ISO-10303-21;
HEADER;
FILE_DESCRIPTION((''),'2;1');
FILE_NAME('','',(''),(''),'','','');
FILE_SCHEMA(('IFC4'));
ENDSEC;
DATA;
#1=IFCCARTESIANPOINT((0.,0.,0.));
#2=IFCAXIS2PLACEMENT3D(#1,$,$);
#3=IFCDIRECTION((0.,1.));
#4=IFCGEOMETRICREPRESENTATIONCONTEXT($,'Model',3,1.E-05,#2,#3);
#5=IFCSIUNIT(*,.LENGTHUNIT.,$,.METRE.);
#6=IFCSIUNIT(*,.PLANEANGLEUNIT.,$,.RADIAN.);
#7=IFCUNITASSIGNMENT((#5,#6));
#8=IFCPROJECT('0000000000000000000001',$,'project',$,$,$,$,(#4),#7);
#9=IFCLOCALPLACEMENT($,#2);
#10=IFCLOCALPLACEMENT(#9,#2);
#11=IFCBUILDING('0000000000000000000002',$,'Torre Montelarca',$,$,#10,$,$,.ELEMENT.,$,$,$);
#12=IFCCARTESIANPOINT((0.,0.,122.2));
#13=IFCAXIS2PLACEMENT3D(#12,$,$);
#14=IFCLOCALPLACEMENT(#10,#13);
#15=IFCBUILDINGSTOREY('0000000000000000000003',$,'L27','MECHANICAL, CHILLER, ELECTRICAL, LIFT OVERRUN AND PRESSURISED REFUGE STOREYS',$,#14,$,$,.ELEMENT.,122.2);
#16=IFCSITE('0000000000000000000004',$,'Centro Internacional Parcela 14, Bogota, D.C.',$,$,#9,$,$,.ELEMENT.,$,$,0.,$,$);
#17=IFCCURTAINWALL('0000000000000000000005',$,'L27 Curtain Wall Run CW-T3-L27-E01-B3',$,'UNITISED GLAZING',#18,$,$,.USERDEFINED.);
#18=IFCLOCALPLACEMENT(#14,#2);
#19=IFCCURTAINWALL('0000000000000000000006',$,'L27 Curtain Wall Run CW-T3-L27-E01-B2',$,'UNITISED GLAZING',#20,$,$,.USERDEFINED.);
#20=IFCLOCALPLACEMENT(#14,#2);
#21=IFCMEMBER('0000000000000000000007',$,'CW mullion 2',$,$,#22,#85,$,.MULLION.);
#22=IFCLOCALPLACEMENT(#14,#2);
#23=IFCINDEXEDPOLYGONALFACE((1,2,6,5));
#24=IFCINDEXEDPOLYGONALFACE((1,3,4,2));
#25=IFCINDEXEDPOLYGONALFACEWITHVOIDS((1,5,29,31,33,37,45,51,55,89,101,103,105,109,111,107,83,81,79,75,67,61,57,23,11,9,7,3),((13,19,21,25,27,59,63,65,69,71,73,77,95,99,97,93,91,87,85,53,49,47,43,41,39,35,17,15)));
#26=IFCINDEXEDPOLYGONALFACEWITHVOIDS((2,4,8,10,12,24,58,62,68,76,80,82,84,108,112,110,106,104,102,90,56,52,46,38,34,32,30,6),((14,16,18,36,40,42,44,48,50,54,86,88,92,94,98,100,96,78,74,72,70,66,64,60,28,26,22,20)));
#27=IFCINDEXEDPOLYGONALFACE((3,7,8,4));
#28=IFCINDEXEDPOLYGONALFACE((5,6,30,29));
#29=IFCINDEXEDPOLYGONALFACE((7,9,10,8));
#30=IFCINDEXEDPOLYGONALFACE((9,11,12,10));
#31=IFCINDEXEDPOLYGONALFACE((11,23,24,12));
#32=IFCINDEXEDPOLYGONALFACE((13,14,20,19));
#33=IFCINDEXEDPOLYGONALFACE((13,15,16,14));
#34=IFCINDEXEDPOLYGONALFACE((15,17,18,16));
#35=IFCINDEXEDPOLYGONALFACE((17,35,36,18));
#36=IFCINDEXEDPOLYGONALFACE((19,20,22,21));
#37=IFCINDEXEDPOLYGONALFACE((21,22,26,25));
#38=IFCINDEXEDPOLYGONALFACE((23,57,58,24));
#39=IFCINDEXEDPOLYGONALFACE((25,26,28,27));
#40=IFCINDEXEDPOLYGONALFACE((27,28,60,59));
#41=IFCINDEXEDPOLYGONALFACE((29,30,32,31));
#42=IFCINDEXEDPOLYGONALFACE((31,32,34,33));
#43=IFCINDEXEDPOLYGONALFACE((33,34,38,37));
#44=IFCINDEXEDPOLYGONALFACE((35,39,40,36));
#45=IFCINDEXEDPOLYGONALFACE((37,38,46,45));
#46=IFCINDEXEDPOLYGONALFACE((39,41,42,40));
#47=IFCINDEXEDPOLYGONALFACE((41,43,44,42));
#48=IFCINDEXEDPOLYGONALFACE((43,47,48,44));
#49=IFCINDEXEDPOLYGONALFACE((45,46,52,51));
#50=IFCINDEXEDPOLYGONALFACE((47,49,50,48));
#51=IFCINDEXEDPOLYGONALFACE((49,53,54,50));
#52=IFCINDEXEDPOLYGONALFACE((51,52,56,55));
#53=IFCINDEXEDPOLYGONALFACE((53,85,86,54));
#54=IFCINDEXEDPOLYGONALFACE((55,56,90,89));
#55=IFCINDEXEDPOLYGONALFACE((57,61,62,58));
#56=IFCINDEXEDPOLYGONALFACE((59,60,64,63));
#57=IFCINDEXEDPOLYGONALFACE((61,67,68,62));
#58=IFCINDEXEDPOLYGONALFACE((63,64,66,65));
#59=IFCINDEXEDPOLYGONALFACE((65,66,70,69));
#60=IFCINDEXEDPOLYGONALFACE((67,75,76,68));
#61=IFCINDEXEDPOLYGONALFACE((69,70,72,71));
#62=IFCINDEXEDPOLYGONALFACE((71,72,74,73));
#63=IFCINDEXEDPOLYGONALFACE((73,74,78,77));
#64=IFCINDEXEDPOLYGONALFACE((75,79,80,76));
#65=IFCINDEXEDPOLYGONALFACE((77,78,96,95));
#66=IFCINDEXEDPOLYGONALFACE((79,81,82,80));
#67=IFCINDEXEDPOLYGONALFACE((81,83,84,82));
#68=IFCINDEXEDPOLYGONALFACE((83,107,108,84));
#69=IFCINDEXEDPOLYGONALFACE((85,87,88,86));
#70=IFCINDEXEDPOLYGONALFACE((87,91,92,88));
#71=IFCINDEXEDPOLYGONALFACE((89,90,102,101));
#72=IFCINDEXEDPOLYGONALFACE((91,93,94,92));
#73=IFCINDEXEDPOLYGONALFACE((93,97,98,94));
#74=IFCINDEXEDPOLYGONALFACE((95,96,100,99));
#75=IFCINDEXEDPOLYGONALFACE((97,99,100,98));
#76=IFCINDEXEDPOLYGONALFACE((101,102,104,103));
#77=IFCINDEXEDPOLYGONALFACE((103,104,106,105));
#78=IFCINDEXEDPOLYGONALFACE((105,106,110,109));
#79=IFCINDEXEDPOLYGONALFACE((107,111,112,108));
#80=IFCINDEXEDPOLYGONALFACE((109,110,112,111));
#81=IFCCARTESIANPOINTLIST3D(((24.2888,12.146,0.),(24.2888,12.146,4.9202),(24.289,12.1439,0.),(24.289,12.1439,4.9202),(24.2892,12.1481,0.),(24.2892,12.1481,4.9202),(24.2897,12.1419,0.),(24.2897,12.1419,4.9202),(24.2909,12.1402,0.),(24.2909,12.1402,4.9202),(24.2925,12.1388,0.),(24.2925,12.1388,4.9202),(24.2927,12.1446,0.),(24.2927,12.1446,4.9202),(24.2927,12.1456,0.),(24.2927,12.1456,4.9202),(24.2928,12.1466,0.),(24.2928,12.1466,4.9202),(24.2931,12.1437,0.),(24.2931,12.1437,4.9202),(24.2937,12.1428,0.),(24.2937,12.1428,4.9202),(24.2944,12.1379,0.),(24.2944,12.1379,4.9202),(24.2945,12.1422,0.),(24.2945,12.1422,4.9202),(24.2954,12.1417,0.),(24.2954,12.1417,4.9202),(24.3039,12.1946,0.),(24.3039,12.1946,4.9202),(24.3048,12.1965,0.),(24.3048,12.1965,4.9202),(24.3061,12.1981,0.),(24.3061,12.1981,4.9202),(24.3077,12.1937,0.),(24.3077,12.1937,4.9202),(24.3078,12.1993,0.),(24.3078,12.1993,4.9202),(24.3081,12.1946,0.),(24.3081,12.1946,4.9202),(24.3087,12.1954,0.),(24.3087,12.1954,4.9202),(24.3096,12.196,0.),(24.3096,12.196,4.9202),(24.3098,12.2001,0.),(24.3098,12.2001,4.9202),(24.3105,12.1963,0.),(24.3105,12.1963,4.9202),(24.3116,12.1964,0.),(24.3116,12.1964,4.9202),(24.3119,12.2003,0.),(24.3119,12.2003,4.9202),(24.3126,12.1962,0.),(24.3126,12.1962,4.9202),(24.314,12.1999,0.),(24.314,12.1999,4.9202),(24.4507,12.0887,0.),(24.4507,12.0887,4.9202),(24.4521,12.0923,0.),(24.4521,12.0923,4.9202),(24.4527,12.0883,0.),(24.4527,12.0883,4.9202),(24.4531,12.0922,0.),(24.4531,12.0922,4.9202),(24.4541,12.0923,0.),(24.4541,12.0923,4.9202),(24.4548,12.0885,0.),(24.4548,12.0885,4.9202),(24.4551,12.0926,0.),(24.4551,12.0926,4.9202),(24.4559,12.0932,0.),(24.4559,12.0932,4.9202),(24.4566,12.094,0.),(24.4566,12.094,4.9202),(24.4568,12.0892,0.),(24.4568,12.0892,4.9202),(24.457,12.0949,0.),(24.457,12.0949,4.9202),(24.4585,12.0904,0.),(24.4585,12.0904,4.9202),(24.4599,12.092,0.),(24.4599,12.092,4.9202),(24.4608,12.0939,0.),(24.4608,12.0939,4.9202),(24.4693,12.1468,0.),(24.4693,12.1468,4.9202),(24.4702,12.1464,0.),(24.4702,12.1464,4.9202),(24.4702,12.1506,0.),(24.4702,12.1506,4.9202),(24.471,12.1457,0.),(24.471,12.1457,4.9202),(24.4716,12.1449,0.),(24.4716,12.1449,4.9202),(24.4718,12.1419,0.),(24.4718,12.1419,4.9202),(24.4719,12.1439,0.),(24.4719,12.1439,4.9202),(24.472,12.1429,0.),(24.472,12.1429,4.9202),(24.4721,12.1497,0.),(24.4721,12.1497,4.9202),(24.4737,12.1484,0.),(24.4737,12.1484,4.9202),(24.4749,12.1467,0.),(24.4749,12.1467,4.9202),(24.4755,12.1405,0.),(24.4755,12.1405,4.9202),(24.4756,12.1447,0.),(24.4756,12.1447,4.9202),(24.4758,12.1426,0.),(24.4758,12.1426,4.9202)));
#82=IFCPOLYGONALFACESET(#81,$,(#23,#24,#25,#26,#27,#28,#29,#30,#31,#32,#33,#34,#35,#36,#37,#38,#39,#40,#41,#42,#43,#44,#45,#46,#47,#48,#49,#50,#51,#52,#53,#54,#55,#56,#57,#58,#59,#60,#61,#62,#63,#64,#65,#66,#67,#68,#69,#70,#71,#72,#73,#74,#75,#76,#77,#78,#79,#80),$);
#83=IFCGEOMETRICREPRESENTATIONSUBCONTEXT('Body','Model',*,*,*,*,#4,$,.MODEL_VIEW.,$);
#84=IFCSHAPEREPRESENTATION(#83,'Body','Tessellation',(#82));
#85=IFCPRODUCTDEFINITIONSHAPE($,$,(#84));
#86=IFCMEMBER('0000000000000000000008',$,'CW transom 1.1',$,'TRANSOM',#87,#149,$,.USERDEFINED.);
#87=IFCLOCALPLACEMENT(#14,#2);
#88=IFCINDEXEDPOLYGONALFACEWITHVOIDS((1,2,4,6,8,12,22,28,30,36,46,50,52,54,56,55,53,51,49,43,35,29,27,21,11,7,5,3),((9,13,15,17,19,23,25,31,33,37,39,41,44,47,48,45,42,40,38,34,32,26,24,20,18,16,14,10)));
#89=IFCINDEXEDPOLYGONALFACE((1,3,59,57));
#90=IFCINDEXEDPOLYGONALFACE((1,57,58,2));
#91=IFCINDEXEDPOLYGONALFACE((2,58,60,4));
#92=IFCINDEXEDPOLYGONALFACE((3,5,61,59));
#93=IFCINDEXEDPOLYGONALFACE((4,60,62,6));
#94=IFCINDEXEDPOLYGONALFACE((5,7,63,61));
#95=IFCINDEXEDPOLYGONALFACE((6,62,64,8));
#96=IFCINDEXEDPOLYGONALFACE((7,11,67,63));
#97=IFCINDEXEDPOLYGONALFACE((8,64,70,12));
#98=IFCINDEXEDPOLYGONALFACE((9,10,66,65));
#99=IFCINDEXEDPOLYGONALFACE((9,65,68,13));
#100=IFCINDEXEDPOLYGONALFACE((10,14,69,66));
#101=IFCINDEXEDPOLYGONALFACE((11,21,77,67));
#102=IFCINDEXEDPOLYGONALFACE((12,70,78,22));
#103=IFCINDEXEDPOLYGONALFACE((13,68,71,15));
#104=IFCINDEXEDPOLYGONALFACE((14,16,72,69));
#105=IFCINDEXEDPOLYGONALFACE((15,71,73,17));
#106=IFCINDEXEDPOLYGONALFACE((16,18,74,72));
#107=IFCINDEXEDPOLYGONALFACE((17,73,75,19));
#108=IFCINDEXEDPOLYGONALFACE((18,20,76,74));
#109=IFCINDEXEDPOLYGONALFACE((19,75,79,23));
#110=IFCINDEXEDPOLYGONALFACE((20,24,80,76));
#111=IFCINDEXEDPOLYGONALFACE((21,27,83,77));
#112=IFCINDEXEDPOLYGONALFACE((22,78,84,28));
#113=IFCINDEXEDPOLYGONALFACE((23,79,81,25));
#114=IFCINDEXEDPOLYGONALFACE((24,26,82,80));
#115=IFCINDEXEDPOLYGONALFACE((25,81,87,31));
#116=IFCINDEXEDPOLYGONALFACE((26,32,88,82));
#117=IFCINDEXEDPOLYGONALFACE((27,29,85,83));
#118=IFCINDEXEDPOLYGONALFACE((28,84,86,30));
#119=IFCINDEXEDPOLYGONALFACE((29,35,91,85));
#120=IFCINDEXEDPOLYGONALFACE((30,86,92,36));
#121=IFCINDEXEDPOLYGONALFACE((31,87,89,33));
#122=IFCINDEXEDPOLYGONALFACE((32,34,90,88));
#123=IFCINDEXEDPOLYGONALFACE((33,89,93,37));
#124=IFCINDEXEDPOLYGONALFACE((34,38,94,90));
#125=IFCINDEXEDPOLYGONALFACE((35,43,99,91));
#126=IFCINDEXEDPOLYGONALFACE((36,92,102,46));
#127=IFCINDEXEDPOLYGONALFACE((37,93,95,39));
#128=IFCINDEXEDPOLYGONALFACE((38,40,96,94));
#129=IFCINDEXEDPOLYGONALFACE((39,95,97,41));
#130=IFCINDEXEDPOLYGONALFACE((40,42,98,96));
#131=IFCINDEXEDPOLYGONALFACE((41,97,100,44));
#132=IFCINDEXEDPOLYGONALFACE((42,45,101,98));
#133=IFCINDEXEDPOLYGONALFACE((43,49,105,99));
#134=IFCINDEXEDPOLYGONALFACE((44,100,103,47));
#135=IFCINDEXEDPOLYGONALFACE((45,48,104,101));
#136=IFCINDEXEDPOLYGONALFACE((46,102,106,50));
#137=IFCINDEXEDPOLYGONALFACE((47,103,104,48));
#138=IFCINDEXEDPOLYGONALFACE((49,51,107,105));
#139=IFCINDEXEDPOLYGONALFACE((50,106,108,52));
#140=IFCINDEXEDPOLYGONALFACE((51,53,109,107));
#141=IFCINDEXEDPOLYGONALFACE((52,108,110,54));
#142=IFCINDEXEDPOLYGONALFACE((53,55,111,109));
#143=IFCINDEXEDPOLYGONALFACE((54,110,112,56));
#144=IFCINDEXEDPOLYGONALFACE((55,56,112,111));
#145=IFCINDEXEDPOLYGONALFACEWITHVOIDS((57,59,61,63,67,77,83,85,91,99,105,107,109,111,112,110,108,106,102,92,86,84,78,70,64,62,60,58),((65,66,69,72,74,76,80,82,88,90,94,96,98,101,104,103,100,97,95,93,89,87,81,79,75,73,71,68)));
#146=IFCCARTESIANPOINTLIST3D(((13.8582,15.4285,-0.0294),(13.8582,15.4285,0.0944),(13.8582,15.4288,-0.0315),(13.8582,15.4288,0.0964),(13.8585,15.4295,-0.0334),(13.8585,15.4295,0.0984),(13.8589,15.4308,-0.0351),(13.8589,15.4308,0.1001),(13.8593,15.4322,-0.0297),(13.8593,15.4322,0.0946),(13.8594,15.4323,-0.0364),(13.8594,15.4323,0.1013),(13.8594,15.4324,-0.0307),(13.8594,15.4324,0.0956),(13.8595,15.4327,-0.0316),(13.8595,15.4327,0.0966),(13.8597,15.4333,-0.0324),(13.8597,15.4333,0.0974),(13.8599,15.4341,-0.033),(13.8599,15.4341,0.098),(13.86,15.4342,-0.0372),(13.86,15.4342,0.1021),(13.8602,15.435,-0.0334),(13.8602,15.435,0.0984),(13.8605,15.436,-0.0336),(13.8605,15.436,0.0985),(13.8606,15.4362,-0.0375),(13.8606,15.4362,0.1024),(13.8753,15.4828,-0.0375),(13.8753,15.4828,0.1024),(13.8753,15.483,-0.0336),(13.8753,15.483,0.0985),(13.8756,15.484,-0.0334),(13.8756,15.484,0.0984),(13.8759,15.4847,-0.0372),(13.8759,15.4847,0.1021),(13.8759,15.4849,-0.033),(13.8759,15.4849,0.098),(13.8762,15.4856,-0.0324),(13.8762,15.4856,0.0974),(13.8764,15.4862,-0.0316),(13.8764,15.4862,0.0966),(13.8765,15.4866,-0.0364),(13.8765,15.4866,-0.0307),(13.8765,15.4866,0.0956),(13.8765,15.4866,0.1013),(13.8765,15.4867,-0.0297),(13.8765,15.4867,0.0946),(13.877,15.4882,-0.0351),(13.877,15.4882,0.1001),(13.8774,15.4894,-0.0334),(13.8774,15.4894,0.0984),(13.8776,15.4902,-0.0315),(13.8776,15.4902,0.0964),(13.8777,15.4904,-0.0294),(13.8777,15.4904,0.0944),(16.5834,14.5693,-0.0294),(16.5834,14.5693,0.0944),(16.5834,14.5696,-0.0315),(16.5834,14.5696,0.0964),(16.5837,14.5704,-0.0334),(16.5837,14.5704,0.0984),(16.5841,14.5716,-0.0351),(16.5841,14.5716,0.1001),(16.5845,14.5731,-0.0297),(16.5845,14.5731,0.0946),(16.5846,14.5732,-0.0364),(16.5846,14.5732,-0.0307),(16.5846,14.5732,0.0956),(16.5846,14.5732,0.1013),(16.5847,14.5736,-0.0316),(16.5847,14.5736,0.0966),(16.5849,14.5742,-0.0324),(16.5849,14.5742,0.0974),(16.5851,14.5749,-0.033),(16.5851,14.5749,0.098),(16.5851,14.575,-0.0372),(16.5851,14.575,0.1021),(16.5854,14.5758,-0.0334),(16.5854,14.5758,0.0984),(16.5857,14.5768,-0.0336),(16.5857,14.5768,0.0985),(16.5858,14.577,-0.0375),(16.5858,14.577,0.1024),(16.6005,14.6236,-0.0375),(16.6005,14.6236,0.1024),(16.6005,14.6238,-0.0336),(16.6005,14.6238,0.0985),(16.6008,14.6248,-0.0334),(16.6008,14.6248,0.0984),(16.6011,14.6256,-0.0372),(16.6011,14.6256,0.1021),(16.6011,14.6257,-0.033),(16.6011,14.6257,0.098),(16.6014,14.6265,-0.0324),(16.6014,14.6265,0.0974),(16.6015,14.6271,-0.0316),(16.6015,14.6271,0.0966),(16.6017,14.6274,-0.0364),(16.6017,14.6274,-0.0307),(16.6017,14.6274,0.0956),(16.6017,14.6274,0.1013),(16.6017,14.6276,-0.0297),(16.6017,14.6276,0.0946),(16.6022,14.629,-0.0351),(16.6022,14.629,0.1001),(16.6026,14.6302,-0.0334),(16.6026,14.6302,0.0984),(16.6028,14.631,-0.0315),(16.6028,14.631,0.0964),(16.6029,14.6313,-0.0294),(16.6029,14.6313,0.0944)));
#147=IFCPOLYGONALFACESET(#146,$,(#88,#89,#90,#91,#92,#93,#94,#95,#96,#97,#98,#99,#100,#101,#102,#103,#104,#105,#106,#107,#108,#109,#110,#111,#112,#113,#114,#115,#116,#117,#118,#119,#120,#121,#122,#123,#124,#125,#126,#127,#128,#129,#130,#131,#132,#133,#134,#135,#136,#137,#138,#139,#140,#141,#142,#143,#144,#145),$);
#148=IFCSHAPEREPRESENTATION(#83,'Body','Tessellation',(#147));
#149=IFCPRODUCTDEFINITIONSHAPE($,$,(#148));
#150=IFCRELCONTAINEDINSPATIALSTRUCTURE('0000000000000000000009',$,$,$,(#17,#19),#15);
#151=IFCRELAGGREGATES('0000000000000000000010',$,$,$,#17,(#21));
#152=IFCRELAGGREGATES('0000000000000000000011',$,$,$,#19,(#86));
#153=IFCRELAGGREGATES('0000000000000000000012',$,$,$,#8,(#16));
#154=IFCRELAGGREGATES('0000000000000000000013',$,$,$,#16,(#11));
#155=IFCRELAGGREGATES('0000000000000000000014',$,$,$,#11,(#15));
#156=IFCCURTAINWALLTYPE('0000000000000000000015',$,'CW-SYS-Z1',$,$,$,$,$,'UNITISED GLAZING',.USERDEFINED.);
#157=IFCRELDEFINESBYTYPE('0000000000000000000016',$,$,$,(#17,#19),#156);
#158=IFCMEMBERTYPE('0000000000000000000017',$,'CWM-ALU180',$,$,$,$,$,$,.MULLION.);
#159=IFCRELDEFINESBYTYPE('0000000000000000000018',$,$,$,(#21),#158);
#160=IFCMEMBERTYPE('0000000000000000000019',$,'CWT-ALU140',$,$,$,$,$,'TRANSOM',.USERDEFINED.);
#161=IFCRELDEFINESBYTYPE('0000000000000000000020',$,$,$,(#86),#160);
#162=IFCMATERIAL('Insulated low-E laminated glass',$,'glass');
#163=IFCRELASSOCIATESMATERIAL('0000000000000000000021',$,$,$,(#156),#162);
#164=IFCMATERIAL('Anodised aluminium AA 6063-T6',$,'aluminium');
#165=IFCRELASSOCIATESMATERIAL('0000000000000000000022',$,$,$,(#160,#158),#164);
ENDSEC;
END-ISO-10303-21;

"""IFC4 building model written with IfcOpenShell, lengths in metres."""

from ifc_helpers import new_model, si_unit, direction, frame, origin, origin_2d, place, context, subcontext, project, spatial, hollow_rectangle, extrude, source, transform, mapped, material, material_profile, profile_set, type_object, element, aggregate, save


model = new_model("IFC4")

# Units and contexts
model_context = context("Model", 3, precision=1e-05, world=origin(), true_north=direction((0.0, 1.0)))
body_context = subcontext(model_context, "Body", "Model", "MODEL_VIEW")
ifc_project = project(units=[si_unit("LENGTHUNIT", "METRE"), si_unit("PLANEANGLEUNIT", "RADIAN")], contexts=[model_context])

# Site, building, storey
site_placement = place(None, origin())
site = spatial("IfcSite", under=ifc_project, at=site_placement, Name="Centro Internacional Parcela 14, Bogota, D.C.", CompositionType="ELEMENT", RefElevation=0.0)
building_placement = place(site_placement, origin())
building = spatial("IfcBuilding", under=site, at=building_placement, Name="Torre Montelarca", CompositionType="ELEMENT")
storey_placement = place(building_placement, frame((0.0, 0.0, 122.2)))
storey = spatial("IfcBuildingStorey", under=building, at=storey_placement, Name="L27", Description="MECHANICAL, CHILLER, ELECTRICAL, LIFT OVERRUN AND PRESSURISED REFUGE STOREYS", CompositionType="ELEMENT", Elevation=122.2)

# Curtain walls
ifc_material_1 = material(Name="Insulated low-E laminated glass", Category="glass")
curtain_wall_type = type_object("IfcCurtainWallType", Name="CW-SYS-Z1", ElementType="UNITISED GLAZING", PredefinedType="USERDEFINED", material=ifc_material_1)
curtain_wall_1_placement = place(storey_placement, origin())
curtain_wall_1 = element("IfcCurtainWall", 1, at=curtain_wall_1_placement, inside=storey, type_object=curtain_wall_type, Name="L27 Curtain Wall Run CW-T3-L27-E01-B3", ObjectType="UNITISED GLAZING", PredefinedType="USERDEFINED")
ifc_material_2 = material(Name="Anodised aluminium AA 6063-T6", Category="aluminium")
ifc_material_profile_1 = material_profile(ifc_material_2, hollow_rectangle(XDim=0.0649, YDim=0.1399, WallThickness=0.0039, InnerFilletRadius=0.0039, OuterFilletRadius=0.0081, at=origin_2d()), Name="ALU65X140X4", Category="aluminium")
ifc_profile_set_1 = profile_set([ifc_material_profile_1], Name="Anodised aluminium AA 6063-T6")
member_type_1 = type_object("IfcMemberType", Name="CWT-ALU140", ElementType="TRANSOM", PredefinedType="USERDEFINED", material=ifc_profile_set_1)
curtain_wall_2_placement = place(storey_placement, origin())
curtain_wall_2 = element("IfcCurtainWall", 2, at=curtain_wall_2_placement, inside=storey, type_object=curtain_wall_type, Name="L27 Curtain Wall Run CW-T3-L27-E01-B2", ObjectType="UNITISED GLAZING", PredefinedType="USERDEFINED")
ifc_material_profile_2 = material_profile(ifc_material_2, hollow_rectangle(XDim=0.0649, YDim=0.1799, WallThickness=0.0039, InnerFilletRadius=0.0039, OuterFilletRadius=0.0081, at=origin_2d()), Name="ALU65X180X4", Category="aluminium")
ifc_profile_set_2 = profile_set([ifc_material_profile_2], Name="Anodised aluminium AA 6063-T6")
member_type_2 = type_object("IfcMemberType", Name="CWM-ALU180", PredefinedType="MULLION", material=ifc_profile_set_2)
shared_shape_1 = source(origin(), body_context, "Body", "SweptSolid", [
    extrude(hollow_rectangle(XDim=0.0649, YDim=0.1799, WallThickness=0.0039, InnerFilletRadius=0.0039, OuterFilletRadius=0.0081, at=origin_2d()), origin(), (0.0, 0.0, 1.0), 4.9202),
])

# Members
member_1_placement = place(storey_placement, frame((24.3823, 12.1443, 0.0), z_axis=(0.0, 0.0, 1.0), x_axis=(0.300706, 0.953717, 0.0)))
member_1 = element("IfcMember", 3, at=member_1_placement, type_object=member_type_2, Name="CW mullion 2", PredefinedType="MULLION", context=body_context, shape_type="MappedRepresentation", body=[
    mapped(shared_shape_1, transform((0.0, 0.0, 0.0), scale=1.0)),
])
shared_shape_2 = source(origin(), body_context, "Body", "SweptSolid", [
    extrude(hollow_rectangle(XDim=0.0649, YDim=0.1399, WallThickness=0.0039, InnerFilletRadius=0.0039, OuterFilletRadius=0.0081, at=origin_2d()), origin(), (0.0, 0.0, 1.0), 2.8574),
])
member_2_placement = place(storey_placement, frame((13.8679, 15.4595, 0.0325), z_axis=(0.953726, -0.300677, 0.0), x_axis=(0.300677, 0.953726, 0.0)))
member_2 = element("IfcMember", 4, at=member_2_placement, type_object=member_type_1, Name="CW transom 1.1", ObjectType="TRANSOM", PredefinedType="USERDEFINED", context=body_context, shape_type="MappedRepresentation", body=[
    mapped(shared_shape_2, transform((0.0, 0.0, 0.0), scale=1.0)),
])

aggregate(curtain_wall_1, [member_1])
aggregate(curtain_wall_2, [member_2])

save(model, "model.ifc")
